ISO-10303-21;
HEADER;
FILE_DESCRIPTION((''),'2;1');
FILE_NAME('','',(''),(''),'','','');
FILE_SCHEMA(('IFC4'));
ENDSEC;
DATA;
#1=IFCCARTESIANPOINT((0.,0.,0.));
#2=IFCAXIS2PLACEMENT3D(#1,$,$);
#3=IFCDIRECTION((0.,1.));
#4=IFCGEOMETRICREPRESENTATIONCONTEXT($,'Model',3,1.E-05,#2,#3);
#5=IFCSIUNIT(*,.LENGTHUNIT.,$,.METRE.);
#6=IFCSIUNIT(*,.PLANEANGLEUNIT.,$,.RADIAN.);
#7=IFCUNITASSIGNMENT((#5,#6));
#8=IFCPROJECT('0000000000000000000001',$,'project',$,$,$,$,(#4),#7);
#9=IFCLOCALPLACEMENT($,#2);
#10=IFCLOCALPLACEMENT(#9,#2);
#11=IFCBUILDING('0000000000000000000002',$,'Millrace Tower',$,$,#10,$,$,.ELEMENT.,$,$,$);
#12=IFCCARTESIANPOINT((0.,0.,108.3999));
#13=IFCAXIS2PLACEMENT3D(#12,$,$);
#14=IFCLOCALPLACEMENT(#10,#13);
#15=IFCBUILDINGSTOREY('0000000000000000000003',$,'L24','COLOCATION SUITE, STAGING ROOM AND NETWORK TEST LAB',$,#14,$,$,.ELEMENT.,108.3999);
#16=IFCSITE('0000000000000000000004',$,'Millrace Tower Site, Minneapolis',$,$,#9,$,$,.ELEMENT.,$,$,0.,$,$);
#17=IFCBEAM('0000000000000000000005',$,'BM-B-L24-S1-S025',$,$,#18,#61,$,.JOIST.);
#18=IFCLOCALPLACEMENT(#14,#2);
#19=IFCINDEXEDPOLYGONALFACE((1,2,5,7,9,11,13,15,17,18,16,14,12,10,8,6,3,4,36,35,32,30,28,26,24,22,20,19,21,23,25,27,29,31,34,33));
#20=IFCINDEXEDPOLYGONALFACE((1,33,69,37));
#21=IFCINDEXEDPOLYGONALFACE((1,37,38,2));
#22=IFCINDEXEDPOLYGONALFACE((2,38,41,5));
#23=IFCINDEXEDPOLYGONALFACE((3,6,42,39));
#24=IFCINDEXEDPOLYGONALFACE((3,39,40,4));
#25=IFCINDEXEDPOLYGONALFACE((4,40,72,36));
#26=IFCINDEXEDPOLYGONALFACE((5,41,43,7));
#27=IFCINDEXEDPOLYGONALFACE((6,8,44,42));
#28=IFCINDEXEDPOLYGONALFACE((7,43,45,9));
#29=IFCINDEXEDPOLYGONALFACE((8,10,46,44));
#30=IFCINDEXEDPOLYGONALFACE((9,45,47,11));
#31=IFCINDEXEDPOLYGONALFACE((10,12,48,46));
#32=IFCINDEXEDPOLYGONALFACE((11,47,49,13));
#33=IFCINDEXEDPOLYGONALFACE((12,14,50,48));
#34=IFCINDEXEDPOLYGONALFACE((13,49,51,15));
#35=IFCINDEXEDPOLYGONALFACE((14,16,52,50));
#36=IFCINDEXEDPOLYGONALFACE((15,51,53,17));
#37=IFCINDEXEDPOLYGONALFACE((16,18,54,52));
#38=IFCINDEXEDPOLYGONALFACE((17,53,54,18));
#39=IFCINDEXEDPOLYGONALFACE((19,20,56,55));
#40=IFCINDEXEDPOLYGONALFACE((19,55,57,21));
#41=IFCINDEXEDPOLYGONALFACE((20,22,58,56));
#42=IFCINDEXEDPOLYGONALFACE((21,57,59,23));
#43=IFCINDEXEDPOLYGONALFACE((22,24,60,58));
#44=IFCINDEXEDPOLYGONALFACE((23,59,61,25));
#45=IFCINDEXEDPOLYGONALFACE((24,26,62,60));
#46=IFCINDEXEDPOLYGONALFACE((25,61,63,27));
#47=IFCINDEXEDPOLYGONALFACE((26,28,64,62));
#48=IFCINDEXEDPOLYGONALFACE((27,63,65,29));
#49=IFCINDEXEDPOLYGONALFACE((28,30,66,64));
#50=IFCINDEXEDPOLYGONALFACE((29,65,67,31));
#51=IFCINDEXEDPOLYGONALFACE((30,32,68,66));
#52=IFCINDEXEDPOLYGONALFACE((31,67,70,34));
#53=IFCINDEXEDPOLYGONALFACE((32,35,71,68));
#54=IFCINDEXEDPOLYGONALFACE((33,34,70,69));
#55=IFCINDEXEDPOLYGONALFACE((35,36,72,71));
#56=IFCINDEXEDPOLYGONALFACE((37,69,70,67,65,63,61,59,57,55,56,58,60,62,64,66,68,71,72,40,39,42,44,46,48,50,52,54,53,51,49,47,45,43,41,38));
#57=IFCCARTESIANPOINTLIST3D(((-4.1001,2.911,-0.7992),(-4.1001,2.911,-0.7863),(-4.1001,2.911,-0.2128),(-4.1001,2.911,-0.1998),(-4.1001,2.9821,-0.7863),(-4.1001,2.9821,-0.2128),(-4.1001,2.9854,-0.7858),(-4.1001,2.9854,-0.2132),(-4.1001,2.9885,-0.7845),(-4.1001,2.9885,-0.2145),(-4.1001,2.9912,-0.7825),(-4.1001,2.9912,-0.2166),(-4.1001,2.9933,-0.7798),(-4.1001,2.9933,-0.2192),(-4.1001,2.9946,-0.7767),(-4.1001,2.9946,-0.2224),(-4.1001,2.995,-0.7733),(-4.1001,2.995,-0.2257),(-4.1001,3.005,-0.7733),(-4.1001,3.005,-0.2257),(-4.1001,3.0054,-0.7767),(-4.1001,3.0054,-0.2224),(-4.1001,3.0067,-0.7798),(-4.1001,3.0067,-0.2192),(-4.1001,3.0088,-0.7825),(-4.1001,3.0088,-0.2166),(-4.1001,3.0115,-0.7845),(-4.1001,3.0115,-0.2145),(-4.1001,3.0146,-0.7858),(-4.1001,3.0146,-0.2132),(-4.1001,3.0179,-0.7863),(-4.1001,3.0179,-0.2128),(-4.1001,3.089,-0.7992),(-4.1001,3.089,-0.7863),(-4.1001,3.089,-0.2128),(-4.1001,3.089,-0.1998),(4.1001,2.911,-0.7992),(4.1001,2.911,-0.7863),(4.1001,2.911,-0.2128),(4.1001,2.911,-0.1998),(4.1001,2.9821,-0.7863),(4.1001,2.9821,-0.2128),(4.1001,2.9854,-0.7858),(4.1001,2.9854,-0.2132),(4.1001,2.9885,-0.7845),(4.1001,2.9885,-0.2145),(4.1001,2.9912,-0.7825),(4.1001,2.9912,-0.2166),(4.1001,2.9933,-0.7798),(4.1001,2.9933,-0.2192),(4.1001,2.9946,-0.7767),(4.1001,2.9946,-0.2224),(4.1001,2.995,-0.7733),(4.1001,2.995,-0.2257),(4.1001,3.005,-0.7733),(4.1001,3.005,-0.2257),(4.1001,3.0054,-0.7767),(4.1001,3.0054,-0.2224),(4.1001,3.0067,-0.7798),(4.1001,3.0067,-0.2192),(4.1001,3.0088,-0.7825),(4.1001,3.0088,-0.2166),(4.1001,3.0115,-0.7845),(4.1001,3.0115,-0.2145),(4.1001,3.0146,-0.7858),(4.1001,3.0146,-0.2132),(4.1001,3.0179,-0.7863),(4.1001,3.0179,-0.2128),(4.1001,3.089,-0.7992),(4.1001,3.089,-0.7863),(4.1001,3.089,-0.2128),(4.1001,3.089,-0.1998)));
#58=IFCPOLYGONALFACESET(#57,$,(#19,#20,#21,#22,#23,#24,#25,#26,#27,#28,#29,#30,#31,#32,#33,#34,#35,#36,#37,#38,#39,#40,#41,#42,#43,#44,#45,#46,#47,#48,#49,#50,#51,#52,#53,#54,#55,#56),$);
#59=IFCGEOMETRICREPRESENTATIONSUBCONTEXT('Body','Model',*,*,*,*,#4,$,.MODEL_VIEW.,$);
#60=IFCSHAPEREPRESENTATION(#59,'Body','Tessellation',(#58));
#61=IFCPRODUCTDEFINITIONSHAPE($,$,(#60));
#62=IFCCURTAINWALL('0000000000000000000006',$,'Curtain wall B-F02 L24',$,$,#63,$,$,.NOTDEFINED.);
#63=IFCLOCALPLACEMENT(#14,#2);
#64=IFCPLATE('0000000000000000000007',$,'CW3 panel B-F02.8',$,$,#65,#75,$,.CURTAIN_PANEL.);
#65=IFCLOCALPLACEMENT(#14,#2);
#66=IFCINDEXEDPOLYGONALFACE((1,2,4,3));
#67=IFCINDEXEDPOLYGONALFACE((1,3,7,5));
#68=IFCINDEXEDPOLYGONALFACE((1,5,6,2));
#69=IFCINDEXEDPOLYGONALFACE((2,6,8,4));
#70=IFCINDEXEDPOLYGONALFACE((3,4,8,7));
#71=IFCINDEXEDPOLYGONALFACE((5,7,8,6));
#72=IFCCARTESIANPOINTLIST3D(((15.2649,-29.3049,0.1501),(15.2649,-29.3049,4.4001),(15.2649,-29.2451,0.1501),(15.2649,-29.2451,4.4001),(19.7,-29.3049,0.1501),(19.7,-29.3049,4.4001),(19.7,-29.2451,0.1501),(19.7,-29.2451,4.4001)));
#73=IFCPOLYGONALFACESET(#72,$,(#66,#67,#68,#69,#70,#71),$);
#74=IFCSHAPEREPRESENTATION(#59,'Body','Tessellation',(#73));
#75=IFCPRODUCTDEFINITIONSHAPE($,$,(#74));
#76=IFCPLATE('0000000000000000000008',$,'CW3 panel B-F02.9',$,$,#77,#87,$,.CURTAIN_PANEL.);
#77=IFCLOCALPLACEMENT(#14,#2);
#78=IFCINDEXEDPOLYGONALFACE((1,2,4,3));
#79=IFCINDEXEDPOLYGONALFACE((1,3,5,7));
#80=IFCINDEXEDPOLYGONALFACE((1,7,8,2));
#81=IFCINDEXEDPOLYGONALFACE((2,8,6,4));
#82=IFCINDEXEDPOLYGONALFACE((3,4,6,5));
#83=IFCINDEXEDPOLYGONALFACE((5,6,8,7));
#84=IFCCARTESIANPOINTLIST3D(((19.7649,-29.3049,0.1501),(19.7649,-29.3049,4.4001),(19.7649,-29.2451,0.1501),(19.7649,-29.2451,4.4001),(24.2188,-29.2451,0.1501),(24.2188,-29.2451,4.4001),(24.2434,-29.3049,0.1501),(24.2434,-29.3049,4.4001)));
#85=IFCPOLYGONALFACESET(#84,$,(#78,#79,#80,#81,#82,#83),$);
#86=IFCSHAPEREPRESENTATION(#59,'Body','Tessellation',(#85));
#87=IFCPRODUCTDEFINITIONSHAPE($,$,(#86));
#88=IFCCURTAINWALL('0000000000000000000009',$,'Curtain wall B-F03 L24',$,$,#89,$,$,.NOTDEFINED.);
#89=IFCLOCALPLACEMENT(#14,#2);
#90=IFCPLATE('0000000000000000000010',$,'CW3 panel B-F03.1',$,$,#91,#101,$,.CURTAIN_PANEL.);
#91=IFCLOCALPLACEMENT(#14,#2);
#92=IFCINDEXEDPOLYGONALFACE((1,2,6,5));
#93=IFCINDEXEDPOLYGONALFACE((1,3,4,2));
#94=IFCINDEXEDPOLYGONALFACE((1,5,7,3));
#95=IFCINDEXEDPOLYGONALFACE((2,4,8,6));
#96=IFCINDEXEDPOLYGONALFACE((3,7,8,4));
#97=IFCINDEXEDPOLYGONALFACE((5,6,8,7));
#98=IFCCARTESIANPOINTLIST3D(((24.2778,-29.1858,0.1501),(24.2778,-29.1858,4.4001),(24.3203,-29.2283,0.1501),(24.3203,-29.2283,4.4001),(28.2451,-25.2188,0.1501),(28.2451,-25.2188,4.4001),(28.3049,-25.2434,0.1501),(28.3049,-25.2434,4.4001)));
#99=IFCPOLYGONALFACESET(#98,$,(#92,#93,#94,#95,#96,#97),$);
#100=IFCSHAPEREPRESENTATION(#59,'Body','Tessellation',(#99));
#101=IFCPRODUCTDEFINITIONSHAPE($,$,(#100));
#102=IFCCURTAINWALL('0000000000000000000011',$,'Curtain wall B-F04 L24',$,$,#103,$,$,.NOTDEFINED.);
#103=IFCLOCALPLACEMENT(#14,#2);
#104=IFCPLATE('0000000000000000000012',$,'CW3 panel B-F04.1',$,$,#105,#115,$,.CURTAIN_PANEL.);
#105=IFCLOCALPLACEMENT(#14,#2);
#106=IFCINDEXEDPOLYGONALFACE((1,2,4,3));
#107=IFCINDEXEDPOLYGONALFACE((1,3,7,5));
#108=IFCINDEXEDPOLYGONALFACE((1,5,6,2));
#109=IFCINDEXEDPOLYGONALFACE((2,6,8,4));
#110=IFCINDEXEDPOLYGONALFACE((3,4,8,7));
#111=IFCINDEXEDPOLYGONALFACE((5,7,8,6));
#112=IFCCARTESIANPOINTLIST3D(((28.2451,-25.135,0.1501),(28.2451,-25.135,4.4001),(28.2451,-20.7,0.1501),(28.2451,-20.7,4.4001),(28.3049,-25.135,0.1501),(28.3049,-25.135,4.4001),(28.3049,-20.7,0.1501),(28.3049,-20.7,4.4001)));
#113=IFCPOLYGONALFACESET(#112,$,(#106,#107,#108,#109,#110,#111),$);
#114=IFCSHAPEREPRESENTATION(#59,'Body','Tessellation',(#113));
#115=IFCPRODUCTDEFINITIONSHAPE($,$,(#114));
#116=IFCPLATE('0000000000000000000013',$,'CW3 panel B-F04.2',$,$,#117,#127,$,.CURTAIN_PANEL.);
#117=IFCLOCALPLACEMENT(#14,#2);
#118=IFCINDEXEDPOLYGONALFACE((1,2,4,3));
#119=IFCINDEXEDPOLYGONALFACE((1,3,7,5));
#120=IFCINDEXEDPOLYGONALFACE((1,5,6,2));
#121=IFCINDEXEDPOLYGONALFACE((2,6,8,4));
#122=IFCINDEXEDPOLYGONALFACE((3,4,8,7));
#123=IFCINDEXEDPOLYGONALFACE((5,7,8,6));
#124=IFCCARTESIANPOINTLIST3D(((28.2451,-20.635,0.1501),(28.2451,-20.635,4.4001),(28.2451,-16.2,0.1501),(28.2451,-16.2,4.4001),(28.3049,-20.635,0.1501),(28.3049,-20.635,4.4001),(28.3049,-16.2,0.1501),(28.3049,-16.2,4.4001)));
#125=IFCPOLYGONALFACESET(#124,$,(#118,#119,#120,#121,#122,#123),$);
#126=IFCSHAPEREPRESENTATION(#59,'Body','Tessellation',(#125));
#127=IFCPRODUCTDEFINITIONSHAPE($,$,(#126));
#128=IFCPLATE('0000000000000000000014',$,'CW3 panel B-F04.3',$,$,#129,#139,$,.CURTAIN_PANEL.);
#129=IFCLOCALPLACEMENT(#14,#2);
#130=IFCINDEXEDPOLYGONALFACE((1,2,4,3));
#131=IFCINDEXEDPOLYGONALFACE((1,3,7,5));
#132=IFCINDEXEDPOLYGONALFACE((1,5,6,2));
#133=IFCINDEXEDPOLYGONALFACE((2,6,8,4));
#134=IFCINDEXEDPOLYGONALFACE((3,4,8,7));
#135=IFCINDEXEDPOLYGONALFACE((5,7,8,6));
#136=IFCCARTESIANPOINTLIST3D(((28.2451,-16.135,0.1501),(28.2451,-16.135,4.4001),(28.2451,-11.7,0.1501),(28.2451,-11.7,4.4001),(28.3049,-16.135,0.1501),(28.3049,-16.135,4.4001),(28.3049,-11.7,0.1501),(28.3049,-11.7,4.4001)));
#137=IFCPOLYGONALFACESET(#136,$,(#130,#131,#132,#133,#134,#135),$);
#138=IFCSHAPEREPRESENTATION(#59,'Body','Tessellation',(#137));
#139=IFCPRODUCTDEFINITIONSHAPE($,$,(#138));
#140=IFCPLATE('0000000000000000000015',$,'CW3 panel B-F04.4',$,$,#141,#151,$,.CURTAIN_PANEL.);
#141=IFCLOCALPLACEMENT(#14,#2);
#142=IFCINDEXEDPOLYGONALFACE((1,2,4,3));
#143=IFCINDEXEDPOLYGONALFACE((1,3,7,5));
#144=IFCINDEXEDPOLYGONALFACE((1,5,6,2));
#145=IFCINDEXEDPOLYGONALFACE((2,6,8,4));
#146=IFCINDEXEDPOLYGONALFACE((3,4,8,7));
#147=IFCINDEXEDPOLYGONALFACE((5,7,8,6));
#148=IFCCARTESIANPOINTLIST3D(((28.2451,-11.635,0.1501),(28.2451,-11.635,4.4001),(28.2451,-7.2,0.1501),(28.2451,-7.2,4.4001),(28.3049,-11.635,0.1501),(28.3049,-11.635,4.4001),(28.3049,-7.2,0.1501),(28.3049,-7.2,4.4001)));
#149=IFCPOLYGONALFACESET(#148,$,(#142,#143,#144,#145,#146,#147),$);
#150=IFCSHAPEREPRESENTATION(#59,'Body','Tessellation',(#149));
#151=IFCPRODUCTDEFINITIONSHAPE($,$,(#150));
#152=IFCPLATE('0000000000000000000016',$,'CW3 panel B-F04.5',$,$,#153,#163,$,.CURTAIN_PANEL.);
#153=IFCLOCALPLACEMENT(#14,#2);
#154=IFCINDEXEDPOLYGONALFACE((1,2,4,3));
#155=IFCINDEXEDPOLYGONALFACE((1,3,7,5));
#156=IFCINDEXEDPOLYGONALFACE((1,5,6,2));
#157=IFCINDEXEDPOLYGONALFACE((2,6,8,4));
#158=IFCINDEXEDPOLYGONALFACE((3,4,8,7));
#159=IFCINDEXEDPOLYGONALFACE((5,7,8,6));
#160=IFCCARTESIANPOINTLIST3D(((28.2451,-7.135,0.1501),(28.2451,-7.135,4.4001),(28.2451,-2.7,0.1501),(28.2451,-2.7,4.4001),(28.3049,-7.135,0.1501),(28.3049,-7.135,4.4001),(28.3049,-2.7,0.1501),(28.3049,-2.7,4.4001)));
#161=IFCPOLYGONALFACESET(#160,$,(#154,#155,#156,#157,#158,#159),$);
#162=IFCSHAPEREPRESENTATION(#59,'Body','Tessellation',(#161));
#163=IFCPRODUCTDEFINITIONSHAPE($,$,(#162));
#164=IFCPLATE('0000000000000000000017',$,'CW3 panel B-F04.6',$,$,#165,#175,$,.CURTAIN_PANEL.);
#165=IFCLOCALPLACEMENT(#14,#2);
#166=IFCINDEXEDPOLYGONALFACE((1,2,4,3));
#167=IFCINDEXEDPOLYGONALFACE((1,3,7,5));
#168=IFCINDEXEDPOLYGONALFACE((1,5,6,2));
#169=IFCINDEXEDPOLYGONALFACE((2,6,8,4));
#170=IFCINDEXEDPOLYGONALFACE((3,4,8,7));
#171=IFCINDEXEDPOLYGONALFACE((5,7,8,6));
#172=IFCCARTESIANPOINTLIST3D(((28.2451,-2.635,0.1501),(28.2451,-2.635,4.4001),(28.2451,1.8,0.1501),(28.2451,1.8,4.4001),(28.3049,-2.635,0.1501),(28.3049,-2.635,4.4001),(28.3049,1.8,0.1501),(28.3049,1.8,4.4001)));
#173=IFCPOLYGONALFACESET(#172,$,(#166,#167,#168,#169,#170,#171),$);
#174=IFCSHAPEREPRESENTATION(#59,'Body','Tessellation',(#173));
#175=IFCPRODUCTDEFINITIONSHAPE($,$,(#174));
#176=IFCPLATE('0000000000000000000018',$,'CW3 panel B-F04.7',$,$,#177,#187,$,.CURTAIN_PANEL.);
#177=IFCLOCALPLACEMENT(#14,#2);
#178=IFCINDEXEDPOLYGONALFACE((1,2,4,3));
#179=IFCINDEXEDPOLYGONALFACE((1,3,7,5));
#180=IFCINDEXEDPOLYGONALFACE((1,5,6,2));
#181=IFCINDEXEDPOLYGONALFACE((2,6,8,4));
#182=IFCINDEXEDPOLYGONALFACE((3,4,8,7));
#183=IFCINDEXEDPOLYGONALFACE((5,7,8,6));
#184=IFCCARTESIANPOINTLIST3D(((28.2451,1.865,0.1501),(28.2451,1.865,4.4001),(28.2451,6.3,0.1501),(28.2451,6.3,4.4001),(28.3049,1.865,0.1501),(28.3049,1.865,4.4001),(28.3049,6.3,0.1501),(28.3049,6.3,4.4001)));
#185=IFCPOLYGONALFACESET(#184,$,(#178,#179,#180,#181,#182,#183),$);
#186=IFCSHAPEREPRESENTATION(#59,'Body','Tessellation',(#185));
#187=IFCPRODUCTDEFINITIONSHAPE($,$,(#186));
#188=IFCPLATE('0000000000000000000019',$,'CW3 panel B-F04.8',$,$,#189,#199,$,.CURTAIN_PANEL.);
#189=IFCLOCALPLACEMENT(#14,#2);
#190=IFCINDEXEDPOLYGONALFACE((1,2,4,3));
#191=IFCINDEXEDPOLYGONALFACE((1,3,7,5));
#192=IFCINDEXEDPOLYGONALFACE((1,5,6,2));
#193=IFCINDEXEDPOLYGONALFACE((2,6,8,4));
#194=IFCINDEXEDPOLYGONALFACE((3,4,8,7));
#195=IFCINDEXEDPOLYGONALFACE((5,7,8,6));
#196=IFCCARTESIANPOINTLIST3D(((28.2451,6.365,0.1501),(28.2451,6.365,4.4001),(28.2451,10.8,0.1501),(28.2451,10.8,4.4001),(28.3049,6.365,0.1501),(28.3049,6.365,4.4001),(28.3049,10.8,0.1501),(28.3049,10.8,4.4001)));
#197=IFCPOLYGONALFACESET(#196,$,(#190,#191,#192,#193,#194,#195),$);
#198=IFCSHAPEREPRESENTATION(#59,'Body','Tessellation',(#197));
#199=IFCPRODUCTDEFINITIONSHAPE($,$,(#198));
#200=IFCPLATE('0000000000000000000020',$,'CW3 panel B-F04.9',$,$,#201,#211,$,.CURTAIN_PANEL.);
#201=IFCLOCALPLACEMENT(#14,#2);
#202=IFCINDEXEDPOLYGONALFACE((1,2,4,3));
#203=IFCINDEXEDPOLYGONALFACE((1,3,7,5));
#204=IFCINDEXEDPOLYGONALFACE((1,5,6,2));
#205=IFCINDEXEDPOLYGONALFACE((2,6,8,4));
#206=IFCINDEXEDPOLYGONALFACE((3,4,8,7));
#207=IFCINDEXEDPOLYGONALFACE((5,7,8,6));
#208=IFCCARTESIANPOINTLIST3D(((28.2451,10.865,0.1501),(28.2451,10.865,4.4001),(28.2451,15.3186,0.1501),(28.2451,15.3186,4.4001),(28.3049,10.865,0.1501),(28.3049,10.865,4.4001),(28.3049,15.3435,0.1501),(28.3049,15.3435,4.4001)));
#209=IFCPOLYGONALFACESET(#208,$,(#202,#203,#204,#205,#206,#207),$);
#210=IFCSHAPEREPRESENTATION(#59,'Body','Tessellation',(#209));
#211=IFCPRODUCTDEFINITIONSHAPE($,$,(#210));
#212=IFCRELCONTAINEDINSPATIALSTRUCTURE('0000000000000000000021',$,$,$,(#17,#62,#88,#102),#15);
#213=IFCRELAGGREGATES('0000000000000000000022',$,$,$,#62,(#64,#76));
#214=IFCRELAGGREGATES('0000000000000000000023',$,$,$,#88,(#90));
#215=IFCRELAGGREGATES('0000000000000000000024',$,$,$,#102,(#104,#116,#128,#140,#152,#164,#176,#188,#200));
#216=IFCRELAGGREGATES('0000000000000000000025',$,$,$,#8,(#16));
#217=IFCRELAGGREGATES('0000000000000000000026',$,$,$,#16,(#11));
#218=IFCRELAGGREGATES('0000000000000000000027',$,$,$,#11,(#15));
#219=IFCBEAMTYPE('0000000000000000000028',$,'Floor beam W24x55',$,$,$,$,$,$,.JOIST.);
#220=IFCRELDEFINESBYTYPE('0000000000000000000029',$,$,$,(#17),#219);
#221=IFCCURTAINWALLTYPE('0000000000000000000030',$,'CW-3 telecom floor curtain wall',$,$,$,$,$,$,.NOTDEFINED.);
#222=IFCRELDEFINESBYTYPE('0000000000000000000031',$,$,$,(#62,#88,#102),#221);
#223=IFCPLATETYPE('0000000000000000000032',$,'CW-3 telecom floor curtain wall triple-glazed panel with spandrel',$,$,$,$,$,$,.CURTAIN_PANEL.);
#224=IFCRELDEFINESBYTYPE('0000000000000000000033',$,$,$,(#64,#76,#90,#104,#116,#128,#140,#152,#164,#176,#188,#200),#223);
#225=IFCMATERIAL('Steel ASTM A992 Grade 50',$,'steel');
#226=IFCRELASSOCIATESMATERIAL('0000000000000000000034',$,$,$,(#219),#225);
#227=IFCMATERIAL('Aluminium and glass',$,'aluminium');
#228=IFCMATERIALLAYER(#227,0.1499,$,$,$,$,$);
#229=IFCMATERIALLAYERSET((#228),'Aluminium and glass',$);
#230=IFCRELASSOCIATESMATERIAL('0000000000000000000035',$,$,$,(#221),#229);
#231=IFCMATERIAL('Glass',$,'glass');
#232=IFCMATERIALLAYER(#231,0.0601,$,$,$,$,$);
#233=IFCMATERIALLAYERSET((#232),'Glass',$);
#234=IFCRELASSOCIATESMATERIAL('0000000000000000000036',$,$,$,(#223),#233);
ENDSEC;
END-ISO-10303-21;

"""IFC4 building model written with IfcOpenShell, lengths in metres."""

from ifc_helpers import new_model, si_unit, direction, frame, origin, origin_2d, place, context, subcontext, project, spatial, polyline, i_section, outline, extrude, material, layer, layer_set, material_profile, profile_set, type_object, element, aggregate, save


model = new_model("IFC4")

# Units and contexts
model_context = context("Model", 3, precision=1e-05, world=origin(), true_north=direction((0.0, 1.0)))
body_context = subcontext(model_context, "Body", "Model", "MODEL_VIEW")
ifc_project = project(units=[si_unit("LENGTHUNIT", "METRE"), si_unit("PLANEANGLEUNIT", "RADIAN")], contexts=[model_context])

# Site, building, storey
site_placement = place(None, origin())
site = spatial("IfcSite", under=ifc_project, at=site_placement, Name="Millrace Tower Site, Minneapolis", CompositionType="ELEMENT", RefElevation=0.0)
building_placement = place(site_placement, origin())
building = spatial("IfcBuilding", under=site, at=building_placement, Name="Millrace Tower", CompositionType="ELEMENT")
storey_placement = place(building_placement, frame((0.0, 0.0, 108.3999)))
storey = spatial("IfcBuildingStorey", under=building, at=storey_placement, Name="L24", Description="COLOCATION SUITE, STAGING ROOM AND NETWORK TEST LAB", CompositionType="ELEMENT", Elevation=108.3999)

# Beam
ifc_material_1 = material(Name="Steel ASTM A992 Grade 50", Category="steel")
ifc_material_profile = material_profile(ifc_material_1, i_section(OverallWidth=0.178, OverallDepth=0.5994, WebThickness=0.01, FlangeThickness=0.0129, FilletRadius=0.0129, at=origin_2d()))
ifc_profile_set = profile_set([ifc_material_profile], Name="Steel ASTM A992 Grade 50")
beam_type = type_object("IfcBeamType", Name="Floor beam W24x55", PredefinedType="JOIST", material=ifc_profile_set)
beam_placement = place(storey_placement, frame((-4.1001, 3.0, -0.4995), z_axis=(1.0, 0.0, 0.0), x_axis=(0.0, 1.0, 0.0)))
element("IfcBeam", 1, at=beam_placement, inside=storey, type_object=beam_type, Name="BM-B-L24-S1-S025", PredefinedType="JOIST", context=body_context, shape_type="SweptSolid", body=[
    extrude(i_section(OverallWidth=0.178, OverallDepth=0.5994, WebThickness=0.01, FlangeThickness=0.0129, FilletRadius=0.0129, at=origin_2d()), origin(), (0.0, 0.0, 1.0), 8.2002),
])

# Curtain wall, plates
ifc_material_2 = material(Name="Aluminium and glass", Category="aluminium")
ifc_layer_1 = layer(ifc_material_2, 0.1499)
ifc_layer_set_1 = layer_set([ifc_layer_1], Name="Aluminium and glass")
curtain_wall_type = type_object("IfcCurtainWallType", Name="CW-3 telecom floor curtain wall", PredefinedType="NOTDEFINED", material=ifc_layer_set_1)
placement_1 = place(storey_placement, origin())
curtain_wall_1 = element("IfcCurtainWall", 2, at=placement_1, inside=storey, type_object=curtain_wall_type, Name="Curtain wall B-F02 L24", PredefinedType="NOTDEFINED")
ifc_material_3 = material(Name="Glass", Category="glass")
ifc_layer_2 = layer(ifc_material_3, 0.0601)
ifc_layer_set_2 = layer_set([ifc_layer_2], Name="Glass")
plate_type = type_object("IfcPlateType", Name="CW-3 telecom floor curtain wall triple-glazed panel with spandrel", PredefinedType="CURTAIN_PANEL", material=ifc_layer_set_2)
placement_2 = place(storey_placement, frame((0.0, 0.0, 0.1501)))
plate_1 = element("IfcPlate", 3, at=placement_2, type_object=plate_type, Name="CW3 panel B-F02.8", PredefinedType="CURTAIN_PANEL", context=body_context, shape_type="SweptSolid", body=[
    extrude(outline(polyline([(15.2649, -29.3049), (19.7, -29.3049), (19.7, -29.2451), (15.2649, -29.2451), (15.2649, -29.3049)])), origin(), (0.0, 0.0, 1.0), 4.25),
])
plate_2 = element("IfcPlate", 4, at=placement_2, type_object=plate_type, Name="CW3 panel B-F02.9", PredefinedType="CURTAIN_PANEL", context=body_context, shape_type="SweptSolid", body=[
    extrude(outline(polyline([(19.7649, -29.3049), (24.2434, -29.3049), (24.2188, -29.2451), (19.7649, -29.2451), (19.7649, -29.3049)])), origin(), (0.0, 0.0, 1.0), 4.25),
])
aggregate(curtain_wall_1, [plate_1, plate_2])

# Curtain wall, plate
curtain_wall_2 = element("IfcCurtainWall", 5, at=placement_1, inside=storey, type_object=curtain_wall_type, Name="Curtain wall B-F03 L24", PredefinedType="NOTDEFINED")
plate_3 = element("IfcPlate", 6, at=placement_2, type_object=plate_type, Name="CW3 panel B-F03.1", PredefinedType="CURTAIN_PANEL", context=body_context, shape_type="SweptSolid", body=[
    extrude(outline(polyline([(24.3203, -29.2283), (28.3049, -25.2434), (28.2451, -25.2188), (24.2778, -29.1858), (24.3203, -29.2283)])), origin(), (0.0, 0.0, 1.0), 4.25),
])
aggregate(curtain_wall_2, [plate_3])

# Curtain wall, plates
curtain_wall_3 = element("IfcCurtainWall", 7, at=placement_1, inside=storey, type_object=curtain_wall_type, Name="Curtain wall B-F04 L24", PredefinedType="NOTDEFINED")
plate_4 = element("IfcPlate", 8, at=placement_2, type_object=plate_type, Name="CW3 panel B-F04.1", PredefinedType="CURTAIN_PANEL", context=body_context, shape_type="SweptSolid", body=[
    extrude(outline(polyline([(28.3049, -25.135), (28.3049, -20.7), (28.2451, -20.7), (28.2451, -25.135), (28.3049, -25.135)])), origin(), (0.0, 0.0, 1.0), 4.25),
])
plate_5 = element("IfcPlate", 9, at=placement_2, type_object=plate_type, Name="CW3 panel B-F04.2", PredefinedType="CURTAIN_PANEL", context=body_context, shape_type="SweptSolid", body=[
    extrude(outline(polyline([(28.3049, -20.635), (28.3049, -16.2), (28.2451, -16.2), (28.2451, -20.635), (28.3049, -20.635)])), origin(), (0.0, 0.0, 1.0), 4.25),
])
plate_6 = element("IfcPlate", 10, at=placement_2, type_object=plate_type, Name="CW3 panel B-F04.3", PredefinedType="CURTAIN_PANEL", context=body_context, shape_type="SweptSolid", body=[
    extrude(outline(polyline([(28.3049, -16.135), (28.3049, -11.7), (28.2451, -11.7), (28.2451, -16.135), (28.3049, -16.135)])), origin(), (0.0, 0.0, 1.0), 4.25),
])
plate_7 = element("IfcPlate", 11, at=placement_2, type_object=plate_type, Name="CW3 panel B-F04.4", PredefinedType="CURTAIN_PANEL", context=body_context, shape_type="SweptSolid", body=[
    extrude(outline(polyline([(28.3049, -11.635), (28.3049, -7.2), (28.2451, -7.2), (28.2451, -11.635), (28.3049, -11.635)])), origin(), (0.0, 0.0, 1.0), 4.25),
])
plate_8 = element("IfcPlate", 12, at=placement_2, type_object=plate_type, Name="CW3 panel B-F04.5", PredefinedType="CURTAIN_PANEL", context=body_context, shape_type="SweptSolid", body=[
    extrude(outline(polyline([(28.3049, -7.135), (28.3049, -2.7), (28.2451, -2.7), (28.2451, -7.135), (28.3049, -7.135)])), origin(), (0.0, 0.0, 1.0), 4.25),
])
plate_9 = element("IfcPlate", 13, at=placement_2, type_object=plate_type, Name="CW3 panel B-F04.6", PredefinedType="CURTAIN_PANEL", context=body_context, shape_type="SweptSolid", body=[
    extrude(outline(polyline([(28.3049, -2.635), (28.3049, 1.8), (28.2451, 1.8), (28.2451, -2.635), (28.3049, -2.635)])), origin(), (0.0, 0.0, 1.0), 4.25),
])
plate_10 = element("IfcPlate", 14, at=placement_2, type_object=plate_type, Name="CW3 panel B-F04.7", PredefinedType="CURTAIN_PANEL", context=body_context, shape_type="SweptSolid", body=[
    extrude(outline(polyline([(28.3049, 1.865), (28.3049, 6.3), (28.2451, 6.3), (28.2451, 1.865), (28.3049, 1.865)])), origin(), (0.0, 0.0, 1.0), 4.25),
])
plate_11 = element("IfcPlate", 15, at=placement_2, type_object=plate_type, Name="CW3 panel B-F04.8", PredefinedType="CURTAIN_PANEL", context=body_context, shape_type="SweptSolid", body=[
    extrude(outline(polyline([(28.3049, 6.365), (28.3049, 10.8), (28.2451, 10.8), (28.2451, 6.365), (28.3049, 6.365)])), origin(), (0.0, 0.0, 1.0), 4.25),
])
plate_12 = element("IfcPlate", 16, at=placement_2, type_object=plate_type, Name="CW3 panel B-F04.9", PredefinedType="CURTAIN_PANEL", context=body_context, shape_type="SweptSolid", body=[
    extrude(outline(polyline([(28.3049, 10.865), (28.3049, 15.3435), (28.2451, 15.3186), (28.2451, 10.865), (28.3049, 10.865)])), origin(), (0.0, 0.0, 1.0), 4.25),
])
aggregate(curtain_wall_3, [plate_4, plate_5, plate_6, plate_7, plate_8, plate_9, plate_10, plate_11, plate_12])

save(model, "model.ifc")
